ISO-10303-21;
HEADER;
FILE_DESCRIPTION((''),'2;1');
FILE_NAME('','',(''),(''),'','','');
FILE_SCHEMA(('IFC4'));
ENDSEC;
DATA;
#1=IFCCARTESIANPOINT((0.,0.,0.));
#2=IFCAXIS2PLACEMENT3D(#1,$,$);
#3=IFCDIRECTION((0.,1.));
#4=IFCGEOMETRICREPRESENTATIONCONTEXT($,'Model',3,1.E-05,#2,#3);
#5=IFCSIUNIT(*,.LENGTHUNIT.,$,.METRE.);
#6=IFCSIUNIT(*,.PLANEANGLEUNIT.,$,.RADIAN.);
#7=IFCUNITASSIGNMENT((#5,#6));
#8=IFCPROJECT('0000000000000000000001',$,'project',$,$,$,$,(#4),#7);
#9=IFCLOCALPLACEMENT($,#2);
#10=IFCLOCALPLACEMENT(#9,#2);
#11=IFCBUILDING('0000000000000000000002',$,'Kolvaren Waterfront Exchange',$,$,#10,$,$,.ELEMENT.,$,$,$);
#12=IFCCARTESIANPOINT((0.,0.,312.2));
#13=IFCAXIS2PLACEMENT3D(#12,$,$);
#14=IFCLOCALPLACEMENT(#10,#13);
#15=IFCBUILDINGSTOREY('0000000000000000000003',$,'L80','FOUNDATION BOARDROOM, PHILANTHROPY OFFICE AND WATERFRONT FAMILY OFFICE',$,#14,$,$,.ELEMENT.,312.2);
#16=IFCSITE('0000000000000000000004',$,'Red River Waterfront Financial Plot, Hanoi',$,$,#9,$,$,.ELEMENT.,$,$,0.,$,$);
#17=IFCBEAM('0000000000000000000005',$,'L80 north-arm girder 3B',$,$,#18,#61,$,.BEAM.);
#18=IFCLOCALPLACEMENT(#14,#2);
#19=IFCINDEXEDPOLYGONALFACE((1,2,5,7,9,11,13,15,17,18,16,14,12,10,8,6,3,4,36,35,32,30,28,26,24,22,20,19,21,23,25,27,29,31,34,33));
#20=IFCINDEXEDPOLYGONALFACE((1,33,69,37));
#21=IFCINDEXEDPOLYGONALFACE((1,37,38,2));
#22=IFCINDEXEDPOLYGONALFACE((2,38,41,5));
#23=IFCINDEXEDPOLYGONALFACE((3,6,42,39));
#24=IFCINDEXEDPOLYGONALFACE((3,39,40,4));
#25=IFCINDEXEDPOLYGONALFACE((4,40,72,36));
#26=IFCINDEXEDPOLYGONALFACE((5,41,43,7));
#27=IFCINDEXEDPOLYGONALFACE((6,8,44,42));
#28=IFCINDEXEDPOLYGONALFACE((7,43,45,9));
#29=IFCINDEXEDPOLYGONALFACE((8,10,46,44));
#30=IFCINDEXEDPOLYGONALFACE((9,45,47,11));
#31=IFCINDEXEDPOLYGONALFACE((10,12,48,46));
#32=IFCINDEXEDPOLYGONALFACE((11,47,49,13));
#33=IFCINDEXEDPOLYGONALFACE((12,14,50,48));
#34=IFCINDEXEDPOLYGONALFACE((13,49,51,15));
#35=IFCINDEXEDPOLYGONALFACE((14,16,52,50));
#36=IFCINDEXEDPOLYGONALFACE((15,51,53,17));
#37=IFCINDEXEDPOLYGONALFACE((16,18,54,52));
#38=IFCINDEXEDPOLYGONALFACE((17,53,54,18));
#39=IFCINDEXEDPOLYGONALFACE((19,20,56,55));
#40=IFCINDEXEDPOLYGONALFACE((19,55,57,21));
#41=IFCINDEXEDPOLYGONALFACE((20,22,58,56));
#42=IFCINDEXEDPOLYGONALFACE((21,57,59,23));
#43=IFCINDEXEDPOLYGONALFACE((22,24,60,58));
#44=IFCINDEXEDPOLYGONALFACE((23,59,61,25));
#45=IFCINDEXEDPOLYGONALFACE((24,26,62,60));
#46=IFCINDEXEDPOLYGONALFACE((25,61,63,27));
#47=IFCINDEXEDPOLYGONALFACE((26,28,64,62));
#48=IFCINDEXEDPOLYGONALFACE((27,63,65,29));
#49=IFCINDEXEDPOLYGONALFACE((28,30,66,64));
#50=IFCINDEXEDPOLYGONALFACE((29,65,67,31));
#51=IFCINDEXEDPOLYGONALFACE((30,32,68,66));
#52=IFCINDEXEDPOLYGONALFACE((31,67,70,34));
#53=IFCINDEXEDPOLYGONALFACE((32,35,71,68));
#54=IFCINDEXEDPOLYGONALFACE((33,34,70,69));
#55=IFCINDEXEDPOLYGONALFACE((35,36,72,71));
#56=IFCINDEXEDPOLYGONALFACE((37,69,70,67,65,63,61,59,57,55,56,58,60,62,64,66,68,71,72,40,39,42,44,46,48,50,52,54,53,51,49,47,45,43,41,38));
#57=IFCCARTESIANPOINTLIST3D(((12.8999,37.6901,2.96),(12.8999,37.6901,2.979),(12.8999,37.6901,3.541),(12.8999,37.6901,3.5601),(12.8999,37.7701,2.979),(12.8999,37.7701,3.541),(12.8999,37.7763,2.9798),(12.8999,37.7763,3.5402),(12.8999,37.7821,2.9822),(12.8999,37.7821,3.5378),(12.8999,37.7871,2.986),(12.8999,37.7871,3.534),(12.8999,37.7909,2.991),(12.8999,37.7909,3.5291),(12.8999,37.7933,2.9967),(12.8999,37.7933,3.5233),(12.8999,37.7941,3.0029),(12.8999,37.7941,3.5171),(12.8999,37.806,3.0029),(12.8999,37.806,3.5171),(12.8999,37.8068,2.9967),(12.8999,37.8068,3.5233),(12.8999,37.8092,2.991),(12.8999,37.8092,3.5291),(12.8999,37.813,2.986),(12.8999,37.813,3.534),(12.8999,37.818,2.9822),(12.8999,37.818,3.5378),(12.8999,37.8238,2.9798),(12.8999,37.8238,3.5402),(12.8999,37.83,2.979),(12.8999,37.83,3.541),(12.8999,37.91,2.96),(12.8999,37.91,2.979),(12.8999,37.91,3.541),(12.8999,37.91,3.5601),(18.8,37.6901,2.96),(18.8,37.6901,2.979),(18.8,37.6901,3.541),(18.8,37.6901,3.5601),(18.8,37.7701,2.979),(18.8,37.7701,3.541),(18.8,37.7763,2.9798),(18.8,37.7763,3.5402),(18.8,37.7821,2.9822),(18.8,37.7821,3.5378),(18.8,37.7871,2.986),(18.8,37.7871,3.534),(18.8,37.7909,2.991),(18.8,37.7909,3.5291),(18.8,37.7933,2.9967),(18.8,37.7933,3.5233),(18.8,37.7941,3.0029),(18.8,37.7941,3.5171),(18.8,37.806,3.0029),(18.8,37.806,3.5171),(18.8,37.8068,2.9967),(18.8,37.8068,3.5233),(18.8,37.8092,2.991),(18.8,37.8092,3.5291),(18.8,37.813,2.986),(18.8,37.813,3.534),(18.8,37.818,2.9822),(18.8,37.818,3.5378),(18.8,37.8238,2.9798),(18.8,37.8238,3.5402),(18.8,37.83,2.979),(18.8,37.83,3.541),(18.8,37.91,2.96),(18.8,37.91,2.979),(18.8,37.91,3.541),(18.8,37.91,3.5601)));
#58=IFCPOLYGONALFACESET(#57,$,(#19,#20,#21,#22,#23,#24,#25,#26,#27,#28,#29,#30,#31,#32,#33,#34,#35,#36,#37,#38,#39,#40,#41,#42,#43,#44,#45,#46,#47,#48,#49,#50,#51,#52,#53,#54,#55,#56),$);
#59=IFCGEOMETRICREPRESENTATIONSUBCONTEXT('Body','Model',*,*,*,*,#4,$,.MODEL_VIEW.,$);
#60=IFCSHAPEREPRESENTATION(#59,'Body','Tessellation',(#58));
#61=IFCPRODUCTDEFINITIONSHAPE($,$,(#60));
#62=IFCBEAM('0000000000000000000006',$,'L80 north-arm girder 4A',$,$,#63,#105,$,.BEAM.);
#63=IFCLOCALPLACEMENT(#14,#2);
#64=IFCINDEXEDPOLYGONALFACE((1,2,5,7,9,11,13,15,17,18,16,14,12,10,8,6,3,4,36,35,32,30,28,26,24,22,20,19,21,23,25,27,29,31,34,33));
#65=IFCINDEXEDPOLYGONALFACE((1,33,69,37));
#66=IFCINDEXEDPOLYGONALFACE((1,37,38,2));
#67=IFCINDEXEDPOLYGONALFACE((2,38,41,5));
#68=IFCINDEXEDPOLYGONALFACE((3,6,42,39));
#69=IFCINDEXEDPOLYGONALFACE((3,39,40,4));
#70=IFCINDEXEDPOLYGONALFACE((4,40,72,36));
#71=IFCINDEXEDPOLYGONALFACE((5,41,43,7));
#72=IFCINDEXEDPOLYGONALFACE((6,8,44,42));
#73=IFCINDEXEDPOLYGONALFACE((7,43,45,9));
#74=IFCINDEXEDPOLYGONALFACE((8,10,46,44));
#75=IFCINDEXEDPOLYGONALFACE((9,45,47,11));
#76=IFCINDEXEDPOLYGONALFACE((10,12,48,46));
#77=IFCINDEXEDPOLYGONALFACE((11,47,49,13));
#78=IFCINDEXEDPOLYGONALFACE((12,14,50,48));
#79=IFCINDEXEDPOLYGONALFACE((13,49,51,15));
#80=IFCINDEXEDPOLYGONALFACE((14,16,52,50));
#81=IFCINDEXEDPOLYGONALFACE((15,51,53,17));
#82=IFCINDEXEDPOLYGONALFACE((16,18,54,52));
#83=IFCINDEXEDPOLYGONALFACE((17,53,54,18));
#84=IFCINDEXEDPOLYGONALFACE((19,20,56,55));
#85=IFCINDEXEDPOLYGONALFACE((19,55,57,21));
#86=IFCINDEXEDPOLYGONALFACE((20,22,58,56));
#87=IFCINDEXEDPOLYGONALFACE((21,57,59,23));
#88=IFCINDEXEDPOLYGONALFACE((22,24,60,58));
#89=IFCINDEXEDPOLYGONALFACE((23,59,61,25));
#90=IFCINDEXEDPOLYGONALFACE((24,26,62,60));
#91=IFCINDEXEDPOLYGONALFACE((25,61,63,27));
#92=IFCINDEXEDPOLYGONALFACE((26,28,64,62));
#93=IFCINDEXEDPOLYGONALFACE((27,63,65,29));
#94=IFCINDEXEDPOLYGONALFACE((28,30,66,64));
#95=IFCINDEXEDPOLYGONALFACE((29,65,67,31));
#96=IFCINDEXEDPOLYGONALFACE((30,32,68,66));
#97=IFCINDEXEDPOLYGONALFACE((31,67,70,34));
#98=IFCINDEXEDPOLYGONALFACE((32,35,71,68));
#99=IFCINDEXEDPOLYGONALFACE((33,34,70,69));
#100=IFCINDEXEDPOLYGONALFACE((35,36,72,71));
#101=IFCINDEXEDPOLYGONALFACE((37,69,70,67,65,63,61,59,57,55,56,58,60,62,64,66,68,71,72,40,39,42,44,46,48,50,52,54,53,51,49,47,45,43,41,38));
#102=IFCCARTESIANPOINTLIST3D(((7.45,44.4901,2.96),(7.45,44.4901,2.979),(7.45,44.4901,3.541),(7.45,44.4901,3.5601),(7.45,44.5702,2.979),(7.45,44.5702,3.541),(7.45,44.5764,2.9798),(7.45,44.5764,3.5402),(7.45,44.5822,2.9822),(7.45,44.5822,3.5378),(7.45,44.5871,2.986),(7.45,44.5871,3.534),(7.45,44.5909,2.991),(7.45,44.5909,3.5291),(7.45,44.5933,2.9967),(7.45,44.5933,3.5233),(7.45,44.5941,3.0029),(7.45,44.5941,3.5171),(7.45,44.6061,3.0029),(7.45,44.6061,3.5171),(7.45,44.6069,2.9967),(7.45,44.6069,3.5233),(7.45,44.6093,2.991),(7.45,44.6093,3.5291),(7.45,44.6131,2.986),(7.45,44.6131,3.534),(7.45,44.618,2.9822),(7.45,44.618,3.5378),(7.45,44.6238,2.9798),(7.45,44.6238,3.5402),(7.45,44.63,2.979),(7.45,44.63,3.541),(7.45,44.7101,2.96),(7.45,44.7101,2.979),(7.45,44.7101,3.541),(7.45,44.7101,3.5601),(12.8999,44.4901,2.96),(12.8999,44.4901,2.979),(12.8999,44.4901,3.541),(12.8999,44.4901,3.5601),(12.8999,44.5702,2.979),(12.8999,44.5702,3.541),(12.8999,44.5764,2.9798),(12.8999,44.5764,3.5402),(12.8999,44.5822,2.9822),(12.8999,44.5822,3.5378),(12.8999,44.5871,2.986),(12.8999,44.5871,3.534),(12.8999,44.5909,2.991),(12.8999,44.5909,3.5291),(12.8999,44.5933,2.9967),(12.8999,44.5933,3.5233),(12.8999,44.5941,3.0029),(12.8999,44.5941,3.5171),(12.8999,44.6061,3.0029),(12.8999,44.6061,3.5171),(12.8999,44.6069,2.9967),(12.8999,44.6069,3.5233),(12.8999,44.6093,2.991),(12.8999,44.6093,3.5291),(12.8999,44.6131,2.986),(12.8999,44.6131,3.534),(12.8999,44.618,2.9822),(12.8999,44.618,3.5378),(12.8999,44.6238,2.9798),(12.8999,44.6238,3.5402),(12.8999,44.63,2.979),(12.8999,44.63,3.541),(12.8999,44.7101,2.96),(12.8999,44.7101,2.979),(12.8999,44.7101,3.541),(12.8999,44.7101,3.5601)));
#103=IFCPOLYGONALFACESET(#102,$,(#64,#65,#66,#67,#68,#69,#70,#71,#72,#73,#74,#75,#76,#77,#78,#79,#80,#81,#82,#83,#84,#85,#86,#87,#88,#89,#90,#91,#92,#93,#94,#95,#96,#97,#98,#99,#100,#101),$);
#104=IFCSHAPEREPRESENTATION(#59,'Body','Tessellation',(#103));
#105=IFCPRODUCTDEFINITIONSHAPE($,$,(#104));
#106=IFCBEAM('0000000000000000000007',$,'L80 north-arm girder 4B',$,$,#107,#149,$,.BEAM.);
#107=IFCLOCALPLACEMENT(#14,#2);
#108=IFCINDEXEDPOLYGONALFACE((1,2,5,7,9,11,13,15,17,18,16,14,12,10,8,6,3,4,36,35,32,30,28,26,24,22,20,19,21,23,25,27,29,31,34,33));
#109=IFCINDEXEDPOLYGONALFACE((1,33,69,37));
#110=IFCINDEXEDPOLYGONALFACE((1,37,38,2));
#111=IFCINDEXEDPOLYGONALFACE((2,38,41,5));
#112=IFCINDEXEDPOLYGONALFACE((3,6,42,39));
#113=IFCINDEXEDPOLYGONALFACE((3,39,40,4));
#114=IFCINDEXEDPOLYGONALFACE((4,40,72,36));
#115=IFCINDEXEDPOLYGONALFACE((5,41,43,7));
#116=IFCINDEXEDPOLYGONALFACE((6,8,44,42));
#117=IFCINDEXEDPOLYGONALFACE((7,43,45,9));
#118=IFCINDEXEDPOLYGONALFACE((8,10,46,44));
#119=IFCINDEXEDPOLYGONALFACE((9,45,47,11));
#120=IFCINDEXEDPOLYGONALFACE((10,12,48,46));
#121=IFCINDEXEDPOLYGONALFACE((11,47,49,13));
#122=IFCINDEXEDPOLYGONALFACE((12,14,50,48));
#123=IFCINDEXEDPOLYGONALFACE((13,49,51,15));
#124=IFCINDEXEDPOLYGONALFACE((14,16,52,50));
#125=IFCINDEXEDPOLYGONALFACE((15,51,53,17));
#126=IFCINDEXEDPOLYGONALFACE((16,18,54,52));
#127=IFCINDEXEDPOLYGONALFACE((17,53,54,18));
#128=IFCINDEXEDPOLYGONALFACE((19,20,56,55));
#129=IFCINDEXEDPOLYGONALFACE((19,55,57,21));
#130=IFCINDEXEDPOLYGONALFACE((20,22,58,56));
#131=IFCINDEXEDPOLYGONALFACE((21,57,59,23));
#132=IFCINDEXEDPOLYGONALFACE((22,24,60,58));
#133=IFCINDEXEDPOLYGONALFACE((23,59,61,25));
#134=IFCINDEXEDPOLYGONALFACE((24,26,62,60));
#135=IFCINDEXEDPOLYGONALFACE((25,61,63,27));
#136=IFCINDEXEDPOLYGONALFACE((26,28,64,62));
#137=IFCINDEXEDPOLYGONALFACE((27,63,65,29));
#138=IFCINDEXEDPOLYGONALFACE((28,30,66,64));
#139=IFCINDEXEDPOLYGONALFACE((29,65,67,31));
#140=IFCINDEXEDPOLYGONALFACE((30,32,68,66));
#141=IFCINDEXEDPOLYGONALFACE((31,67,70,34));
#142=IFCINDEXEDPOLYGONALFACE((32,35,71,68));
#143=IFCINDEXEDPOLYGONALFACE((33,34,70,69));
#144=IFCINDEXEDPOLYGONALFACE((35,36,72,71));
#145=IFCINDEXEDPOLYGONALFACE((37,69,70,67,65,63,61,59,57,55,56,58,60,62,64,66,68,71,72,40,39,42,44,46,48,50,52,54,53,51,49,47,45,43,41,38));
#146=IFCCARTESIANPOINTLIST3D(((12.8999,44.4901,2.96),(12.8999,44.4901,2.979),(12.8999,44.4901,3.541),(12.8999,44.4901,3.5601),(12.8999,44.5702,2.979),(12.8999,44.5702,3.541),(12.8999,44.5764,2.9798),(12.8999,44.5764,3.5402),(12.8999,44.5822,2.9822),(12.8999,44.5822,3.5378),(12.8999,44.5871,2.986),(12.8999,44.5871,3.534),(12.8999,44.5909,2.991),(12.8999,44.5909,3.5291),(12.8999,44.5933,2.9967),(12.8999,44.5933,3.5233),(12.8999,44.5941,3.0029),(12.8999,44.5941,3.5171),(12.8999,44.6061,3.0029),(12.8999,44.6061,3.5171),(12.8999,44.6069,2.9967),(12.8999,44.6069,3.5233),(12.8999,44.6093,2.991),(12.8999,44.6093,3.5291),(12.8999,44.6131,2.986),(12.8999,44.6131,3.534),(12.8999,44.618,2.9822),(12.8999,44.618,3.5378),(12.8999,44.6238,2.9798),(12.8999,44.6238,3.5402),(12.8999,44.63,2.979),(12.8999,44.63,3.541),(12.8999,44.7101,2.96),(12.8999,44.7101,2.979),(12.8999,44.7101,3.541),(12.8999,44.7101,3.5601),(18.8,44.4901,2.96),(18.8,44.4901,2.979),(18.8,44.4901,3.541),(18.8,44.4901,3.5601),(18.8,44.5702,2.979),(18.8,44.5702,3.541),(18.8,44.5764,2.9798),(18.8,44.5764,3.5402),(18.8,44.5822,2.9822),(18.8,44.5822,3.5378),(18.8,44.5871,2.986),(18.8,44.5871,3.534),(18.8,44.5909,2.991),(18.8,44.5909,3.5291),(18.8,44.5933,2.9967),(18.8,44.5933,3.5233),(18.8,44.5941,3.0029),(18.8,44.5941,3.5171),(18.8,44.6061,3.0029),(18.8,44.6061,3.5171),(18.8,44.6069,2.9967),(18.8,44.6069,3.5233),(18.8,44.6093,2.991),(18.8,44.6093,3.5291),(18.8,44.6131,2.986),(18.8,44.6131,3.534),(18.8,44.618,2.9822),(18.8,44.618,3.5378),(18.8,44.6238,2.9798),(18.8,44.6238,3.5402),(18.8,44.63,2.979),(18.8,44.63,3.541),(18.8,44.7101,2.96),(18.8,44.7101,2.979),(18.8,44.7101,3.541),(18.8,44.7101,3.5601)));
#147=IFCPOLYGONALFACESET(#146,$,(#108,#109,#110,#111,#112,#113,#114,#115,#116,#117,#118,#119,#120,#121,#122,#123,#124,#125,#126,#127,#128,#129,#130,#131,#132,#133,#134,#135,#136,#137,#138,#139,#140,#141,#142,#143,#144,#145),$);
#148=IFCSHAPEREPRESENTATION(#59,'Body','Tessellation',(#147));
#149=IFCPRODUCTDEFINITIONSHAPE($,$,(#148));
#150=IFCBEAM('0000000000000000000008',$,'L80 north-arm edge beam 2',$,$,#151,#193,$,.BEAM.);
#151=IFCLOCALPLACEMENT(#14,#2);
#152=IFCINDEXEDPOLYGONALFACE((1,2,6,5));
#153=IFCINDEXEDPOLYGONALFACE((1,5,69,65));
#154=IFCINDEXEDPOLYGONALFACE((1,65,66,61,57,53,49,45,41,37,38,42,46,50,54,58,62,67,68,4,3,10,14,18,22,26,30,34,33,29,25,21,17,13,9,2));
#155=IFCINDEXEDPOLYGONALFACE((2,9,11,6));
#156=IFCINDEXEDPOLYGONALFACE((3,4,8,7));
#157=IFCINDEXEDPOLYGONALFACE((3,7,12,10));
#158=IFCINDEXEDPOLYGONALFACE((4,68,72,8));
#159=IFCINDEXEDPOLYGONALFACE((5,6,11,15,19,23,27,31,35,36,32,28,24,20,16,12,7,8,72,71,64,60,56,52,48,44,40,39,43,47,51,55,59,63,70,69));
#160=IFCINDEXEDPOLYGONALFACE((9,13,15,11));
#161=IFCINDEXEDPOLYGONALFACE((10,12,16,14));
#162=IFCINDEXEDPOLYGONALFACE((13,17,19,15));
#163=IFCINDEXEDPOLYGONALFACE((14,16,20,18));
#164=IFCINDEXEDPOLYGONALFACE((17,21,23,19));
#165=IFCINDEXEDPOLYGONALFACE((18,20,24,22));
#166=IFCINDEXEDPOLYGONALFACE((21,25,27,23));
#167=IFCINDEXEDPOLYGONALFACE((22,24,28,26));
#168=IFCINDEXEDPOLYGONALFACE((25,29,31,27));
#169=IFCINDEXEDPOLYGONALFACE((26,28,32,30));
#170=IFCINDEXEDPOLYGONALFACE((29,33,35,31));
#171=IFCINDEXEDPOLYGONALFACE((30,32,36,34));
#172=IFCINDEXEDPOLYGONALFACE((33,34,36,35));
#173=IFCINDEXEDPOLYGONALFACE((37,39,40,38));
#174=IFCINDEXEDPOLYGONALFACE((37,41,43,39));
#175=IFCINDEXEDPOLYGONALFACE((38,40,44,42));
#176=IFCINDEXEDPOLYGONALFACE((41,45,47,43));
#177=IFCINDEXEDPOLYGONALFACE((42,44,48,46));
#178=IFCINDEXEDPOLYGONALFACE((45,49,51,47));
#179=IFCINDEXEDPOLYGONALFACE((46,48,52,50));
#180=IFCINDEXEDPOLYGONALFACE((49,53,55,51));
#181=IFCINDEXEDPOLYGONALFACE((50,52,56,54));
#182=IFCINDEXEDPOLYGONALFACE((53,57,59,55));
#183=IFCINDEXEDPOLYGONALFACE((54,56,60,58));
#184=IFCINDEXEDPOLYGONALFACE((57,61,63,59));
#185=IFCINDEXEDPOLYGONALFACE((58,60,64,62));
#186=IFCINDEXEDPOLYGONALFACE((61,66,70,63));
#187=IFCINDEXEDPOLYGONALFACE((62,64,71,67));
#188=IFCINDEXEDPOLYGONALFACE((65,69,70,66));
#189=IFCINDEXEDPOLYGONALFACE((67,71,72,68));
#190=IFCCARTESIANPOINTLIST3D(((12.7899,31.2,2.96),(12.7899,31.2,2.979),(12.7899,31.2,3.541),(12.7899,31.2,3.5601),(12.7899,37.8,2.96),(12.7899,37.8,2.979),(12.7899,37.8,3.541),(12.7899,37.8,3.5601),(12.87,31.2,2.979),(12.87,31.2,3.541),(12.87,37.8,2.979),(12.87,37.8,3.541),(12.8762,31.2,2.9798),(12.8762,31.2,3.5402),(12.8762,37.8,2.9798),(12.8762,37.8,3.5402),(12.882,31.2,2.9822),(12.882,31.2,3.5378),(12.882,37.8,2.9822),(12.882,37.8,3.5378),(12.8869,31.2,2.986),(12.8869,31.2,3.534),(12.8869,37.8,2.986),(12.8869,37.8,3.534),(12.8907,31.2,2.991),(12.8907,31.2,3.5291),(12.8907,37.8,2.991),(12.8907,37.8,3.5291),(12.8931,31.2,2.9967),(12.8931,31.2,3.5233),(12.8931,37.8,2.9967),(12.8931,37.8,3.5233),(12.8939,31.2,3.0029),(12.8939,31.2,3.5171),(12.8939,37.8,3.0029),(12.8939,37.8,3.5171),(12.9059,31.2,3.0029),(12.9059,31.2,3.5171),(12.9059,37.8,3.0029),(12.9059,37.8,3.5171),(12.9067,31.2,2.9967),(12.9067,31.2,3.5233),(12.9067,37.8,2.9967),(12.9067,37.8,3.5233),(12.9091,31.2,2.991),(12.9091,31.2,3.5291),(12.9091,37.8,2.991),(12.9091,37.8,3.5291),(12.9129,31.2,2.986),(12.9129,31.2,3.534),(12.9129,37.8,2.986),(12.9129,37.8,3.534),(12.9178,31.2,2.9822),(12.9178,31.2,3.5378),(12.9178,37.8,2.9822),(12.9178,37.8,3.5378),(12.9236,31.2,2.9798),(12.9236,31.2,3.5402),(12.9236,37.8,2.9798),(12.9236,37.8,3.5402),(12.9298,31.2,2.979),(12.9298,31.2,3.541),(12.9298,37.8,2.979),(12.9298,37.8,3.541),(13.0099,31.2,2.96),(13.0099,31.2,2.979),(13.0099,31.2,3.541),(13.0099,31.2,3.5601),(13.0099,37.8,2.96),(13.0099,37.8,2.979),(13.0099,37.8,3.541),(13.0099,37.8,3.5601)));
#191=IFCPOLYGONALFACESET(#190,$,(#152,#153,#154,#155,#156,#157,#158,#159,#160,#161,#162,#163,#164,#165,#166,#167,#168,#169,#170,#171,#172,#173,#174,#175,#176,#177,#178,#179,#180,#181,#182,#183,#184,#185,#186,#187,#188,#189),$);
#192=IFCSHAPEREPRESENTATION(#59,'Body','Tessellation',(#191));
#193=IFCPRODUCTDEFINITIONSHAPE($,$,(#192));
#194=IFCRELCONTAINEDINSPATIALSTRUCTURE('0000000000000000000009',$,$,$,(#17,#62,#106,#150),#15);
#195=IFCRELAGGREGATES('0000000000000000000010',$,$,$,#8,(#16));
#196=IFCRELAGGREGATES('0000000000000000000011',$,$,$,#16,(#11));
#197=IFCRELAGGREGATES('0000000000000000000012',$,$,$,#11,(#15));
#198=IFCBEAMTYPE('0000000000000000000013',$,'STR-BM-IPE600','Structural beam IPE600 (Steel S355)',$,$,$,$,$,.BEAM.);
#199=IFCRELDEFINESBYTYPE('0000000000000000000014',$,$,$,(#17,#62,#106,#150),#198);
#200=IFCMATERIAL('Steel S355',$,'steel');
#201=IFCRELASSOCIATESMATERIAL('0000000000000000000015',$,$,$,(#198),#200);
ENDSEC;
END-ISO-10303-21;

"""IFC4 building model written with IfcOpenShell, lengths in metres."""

from ifc_helpers import new_model, si_unit, direction, frame, origin, origin_2d, place, context, subcontext, project, spatial, i_section, extrude, material, material_profile, profile_set, type_object, element, save


model = new_model("IFC4")

# Units and contexts
model_context = context("Model", 3, precision=1e-05, world=origin(), true_north=direction((0.0, 1.0)))
body_context = subcontext(model_context, "Body", "Model", "MODEL_VIEW")
ifc_project = project(units=[si_unit("LENGTHUNIT", "METRE"), si_unit("PLANEANGLEUNIT", "RADIAN")], contexts=[model_context])

# Site, building, storey
site_placement = place(None, origin())
site = spatial("IfcSite", under=ifc_project, at=site_placement, Name="Red River Waterfront Financial Plot, Hanoi", CompositionType="ELEMENT", RefElevation=0.0)
building_placement = place(site_placement, origin())
building = spatial("IfcBuilding", under=site, at=building_placement, Name="Kolvaren Waterfront Exchange", CompositionType="ELEMENT")
storey_placement = place(building_placement, frame((0.0, 0.0, 312.2)))
storey = spatial("IfcBuildingStorey", under=building, at=storey_placement, Name="L80", Description="FOUNDATION BOARDROOM, PHILANTHROPY OFFICE AND WATERFRONT FAMILY OFFICE", CompositionType="ELEMENT", Elevation=312.2)

# Beams
ifc_material_1 = material(Name="Steel S355", Category="steel")
ifc_material_profile_1 = material_profile(ifc_material_1, i_section(OverallWidth=0.22, OverallDepth=0.6001, WebThickness=0.012, FlangeThickness=0.019, FilletRadius=0.0239, at=origin_2d()), Name="IPE600")
ifc_profile_set_1 = profile_set([ifc_material_profile_1], Name="Steel S355")
beam_type_1 = type_object("IfcBeamType", Name="STR-BM-IPE600", Description="Structural beam IPE600 (Steel S355)", PredefinedType="BEAM", material=ifc_profile_set_1)
beam_1_placement = place(storey_placement, frame((12.8999, 37.8, 3.26), z_axis=(1.0, 0.0, 0.0), x_axis=(0.0, 1.0, 0.0)))
element("IfcBeam", 1, at=beam_1_placement, inside=storey, type_object=beam_type_1, Name="L80 north-arm girder 3B", PredefinedType="BEAM", context=body_context, shape_type="SweptSolid", body=[
    extrude(i_section(OverallWidth=0.22, OverallDepth=0.6001, WebThickness=0.012, FlangeThickness=0.019, FilletRadius=0.0239, at=origin_2d()), origin(), (0.0, 0.0, 1.0), 5.9001),
])
beam_2_placement = place(storey_placement, frame((7.45, 44.6001, 3.26), z_axis=(1.0, 0.0, 0.0), x_axis=(0.0, 1.0, 0.0)))
element("IfcBeam", 2, at=beam_2_placement, inside=storey, type_object=beam_type_1, Name="L80 north-arm girder 4A", PredefinedType="BEAM", context=body_context, shape_type="SweptSolid", body=[
    extrude(i_section(OverallWidth=0.22, OverallDepth=0.6001, WebThickness=0.012, FlangeThickness=0.019, FilletRadius=0.0239, at=origin_2d()), origin(), (0.0, 0.0, 1.0), 5.45),
])
beam_3_placement = place(storey_placement, frame((12.8999, 44.6001, 3.26), z_axis=(1.0, 0.0, 0.0), x_axis=(0.0, 1.0, 0.0)))
element("IfcBeam", 3, at=beam_3_placement, inside=storey, type_object=beam_type_1, Name="L80 north-arm girder 4B", PredefinedType="BEAM", context=body_context, shape_type="SweptSolid", body=[
    extrude(i_section(OverallWidth=0.22, OverallDepth=0.6001, WebThickness=0.012, FlangeThickness=0.019, FilletRadius=0.0239, at=origin_2d()), origin(), (0.0, 0.0, 1.0), 5.9001),
])
beam_4_placement = place(storey_placement, frame((12.8999, 31.2, 3.26), z_axis=(0.0, 1.0, 0.0), x_axis=(-1.0, 0.0, 0.0)))
element("IfcBeam", 4, at=beam_4_placement, inside=storey, type_object=beam_type_1, Name="L80 north-arm edge beam 2", PredefinedType="BEAM", context=body_context, shape_type="SweptSolid", body=[
    extrude(i_section(OverallWidth=0.22, OverallDepth=0.6001, WebThickness=0.012, FlangeThickness=0.019, FilletRadius=0.0239, at=origin_2d()), origin(), (0.0, 0.0, 1.0), 6.6001),
])

save(model, "model.ifc")
